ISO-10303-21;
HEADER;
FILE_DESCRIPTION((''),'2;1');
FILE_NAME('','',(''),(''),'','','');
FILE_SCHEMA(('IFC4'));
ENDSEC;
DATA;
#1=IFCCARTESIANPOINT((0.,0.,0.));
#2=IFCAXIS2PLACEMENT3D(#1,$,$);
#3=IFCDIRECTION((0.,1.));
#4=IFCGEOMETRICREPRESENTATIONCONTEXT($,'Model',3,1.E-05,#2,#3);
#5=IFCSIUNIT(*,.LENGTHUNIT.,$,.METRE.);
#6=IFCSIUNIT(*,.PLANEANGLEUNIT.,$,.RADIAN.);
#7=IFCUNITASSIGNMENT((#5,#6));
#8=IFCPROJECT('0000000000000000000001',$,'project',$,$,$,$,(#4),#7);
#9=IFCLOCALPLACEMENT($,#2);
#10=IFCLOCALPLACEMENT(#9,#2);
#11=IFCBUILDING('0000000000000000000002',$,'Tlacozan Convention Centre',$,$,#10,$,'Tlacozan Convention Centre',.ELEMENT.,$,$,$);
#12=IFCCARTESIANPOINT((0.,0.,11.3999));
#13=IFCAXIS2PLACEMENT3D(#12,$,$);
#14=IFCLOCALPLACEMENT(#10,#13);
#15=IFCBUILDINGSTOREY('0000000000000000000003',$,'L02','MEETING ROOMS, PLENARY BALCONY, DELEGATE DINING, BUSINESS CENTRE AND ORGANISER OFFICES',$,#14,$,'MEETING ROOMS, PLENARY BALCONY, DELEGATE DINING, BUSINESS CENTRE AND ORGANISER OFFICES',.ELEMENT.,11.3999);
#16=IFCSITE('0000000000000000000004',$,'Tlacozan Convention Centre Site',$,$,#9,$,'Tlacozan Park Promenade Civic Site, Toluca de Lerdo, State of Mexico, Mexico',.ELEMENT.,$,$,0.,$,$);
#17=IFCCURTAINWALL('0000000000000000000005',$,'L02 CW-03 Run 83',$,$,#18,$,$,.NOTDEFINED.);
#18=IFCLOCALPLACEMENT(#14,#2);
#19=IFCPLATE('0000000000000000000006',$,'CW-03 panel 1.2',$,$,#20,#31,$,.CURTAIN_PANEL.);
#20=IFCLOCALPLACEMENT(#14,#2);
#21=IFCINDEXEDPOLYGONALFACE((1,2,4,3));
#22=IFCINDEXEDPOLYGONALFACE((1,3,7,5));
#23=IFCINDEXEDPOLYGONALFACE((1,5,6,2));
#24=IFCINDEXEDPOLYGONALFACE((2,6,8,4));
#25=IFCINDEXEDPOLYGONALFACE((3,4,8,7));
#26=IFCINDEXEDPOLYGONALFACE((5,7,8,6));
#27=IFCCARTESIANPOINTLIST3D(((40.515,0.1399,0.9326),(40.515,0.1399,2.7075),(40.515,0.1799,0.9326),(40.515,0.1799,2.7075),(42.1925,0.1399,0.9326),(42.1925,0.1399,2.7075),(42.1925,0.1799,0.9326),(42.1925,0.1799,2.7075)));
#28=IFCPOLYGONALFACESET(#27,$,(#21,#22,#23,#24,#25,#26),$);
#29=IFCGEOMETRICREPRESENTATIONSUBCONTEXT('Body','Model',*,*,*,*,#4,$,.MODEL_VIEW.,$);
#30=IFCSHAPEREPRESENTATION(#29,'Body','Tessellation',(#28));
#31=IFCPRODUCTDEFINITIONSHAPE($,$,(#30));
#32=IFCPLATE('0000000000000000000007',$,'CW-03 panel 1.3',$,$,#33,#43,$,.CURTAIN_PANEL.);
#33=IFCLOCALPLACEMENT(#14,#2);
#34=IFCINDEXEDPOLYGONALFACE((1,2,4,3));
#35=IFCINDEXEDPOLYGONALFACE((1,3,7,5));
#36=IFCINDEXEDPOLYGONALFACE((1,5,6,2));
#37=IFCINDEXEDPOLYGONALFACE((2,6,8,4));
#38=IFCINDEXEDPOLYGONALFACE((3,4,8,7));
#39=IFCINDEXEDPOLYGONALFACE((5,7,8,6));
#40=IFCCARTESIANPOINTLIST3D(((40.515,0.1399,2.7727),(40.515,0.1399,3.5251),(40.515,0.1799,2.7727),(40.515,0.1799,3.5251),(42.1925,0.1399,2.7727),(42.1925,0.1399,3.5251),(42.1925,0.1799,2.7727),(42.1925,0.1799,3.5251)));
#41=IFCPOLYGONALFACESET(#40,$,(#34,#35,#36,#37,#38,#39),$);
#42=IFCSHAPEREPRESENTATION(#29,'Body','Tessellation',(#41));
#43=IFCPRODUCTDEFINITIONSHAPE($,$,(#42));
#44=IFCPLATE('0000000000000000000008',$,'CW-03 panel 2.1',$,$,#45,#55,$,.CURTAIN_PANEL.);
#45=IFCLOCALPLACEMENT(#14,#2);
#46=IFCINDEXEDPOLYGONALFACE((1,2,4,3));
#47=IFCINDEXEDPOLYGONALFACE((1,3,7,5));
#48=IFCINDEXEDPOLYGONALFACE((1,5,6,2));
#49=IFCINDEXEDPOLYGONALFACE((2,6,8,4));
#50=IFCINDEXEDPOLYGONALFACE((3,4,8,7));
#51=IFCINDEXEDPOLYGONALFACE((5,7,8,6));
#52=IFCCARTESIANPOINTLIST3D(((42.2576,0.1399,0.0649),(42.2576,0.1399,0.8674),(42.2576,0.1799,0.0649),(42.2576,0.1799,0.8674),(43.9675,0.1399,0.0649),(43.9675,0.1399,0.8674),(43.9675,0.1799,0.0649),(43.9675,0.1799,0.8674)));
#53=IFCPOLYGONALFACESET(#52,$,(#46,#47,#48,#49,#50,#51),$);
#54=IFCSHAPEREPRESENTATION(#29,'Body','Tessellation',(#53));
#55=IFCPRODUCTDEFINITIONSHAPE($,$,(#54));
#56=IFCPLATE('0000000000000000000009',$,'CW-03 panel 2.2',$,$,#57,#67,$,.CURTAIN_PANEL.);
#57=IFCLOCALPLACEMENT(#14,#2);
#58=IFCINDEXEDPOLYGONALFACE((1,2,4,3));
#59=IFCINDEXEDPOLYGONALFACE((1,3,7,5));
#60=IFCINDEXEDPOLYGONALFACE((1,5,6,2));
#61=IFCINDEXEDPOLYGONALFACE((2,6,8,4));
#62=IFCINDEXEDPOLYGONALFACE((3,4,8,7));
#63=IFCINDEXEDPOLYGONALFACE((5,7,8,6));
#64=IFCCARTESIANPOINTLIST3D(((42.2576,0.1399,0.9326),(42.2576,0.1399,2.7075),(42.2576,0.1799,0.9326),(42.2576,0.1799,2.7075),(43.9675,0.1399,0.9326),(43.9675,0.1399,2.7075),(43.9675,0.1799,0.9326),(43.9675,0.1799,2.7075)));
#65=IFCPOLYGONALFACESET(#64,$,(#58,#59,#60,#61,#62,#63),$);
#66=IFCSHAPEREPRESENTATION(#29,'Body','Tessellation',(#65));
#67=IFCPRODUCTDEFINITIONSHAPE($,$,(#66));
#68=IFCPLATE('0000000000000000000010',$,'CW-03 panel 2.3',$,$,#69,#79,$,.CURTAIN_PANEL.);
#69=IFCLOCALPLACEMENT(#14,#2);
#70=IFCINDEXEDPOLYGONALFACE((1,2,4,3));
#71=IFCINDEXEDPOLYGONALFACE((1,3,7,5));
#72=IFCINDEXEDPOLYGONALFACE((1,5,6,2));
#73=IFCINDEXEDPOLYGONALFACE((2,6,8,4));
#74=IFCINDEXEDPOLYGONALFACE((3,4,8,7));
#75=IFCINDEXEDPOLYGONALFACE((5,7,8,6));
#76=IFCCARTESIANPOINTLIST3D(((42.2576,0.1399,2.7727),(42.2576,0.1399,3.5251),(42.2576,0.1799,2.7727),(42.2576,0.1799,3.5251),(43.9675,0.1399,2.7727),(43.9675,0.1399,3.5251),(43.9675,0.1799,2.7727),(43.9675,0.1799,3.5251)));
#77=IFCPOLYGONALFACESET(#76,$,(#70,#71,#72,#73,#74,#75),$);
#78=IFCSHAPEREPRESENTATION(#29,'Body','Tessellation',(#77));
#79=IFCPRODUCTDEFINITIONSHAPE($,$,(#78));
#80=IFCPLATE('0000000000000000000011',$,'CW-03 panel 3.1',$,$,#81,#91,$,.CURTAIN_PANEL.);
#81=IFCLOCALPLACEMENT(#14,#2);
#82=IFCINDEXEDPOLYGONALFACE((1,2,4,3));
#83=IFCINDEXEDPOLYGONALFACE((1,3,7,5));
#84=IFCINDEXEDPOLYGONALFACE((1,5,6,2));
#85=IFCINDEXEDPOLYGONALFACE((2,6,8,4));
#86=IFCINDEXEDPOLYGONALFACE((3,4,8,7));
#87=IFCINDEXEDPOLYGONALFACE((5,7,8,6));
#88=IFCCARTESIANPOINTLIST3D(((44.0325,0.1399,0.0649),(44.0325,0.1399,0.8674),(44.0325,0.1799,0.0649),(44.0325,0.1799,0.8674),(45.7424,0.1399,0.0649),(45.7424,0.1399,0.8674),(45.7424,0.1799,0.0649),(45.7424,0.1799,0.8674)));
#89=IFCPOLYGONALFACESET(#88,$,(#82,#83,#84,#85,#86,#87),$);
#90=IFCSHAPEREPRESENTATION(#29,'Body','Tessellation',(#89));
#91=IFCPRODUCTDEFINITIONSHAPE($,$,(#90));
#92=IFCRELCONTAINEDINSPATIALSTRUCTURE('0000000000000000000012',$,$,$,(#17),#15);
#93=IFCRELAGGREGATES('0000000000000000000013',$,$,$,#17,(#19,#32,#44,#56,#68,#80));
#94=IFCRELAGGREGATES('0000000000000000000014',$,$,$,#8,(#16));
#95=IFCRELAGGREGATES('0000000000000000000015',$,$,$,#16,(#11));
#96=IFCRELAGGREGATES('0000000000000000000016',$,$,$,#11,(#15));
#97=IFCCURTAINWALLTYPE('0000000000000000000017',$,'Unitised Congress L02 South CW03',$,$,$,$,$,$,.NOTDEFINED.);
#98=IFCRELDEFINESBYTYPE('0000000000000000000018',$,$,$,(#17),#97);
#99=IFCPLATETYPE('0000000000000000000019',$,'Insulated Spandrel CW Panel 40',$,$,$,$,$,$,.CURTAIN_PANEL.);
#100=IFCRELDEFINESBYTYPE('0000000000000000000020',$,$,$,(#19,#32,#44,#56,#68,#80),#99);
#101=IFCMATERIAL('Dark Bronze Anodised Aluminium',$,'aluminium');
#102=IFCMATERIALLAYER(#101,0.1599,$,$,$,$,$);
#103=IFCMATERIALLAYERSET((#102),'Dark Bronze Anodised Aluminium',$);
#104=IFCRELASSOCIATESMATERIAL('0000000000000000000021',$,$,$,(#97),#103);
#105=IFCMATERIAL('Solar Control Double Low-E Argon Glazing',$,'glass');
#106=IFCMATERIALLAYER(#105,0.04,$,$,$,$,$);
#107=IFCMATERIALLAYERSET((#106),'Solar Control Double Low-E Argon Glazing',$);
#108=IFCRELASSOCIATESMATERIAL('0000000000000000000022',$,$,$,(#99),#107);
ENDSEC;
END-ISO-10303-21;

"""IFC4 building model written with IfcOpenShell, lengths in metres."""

from ifc_helpers import new_model, si_unit, direction, frame, origin, origin_2d, place, context, subcontext, project, spatial, rectangle, extrude, material, layer, layer_set, type_object, element, aggregate, save


model = new_model("IFC4")

# Units and contexts
model_context = context("Model", 3, precision=1e-05, world=origin(), true_north=direction((0.0, 1.0)))
body_context = subcontext(model_context, "Body", "Model", "MODEL_VIEW")
ifc_project = project(units=[si_unit("LENGTHUNIT", "METRE"), si_unit("PLANEANGLEUNIT", "RADIAN")], contexts=[model_context])

# Site, building, storey
site_placement = place(None, origin())
site = spatial("IfcSite", under=ifc_project, at=site_placement, Name="Tlacozan Convention Centre Site", LongName="Tlacozan Park Promenade Civic Site, Toluca de Lerdo, State of Mexico, Mexico", CompositionType="ELEMENT", RefElevation=0.0)
building_placement = place(site_placement, origin())
building = spatial("IfcBuilding", under=site, at=building_placement, Name="Tlacozan Convention Centre", LongName="Tlacozan Convention Centre", CompositionType="ELEMENT")
storey_placement = place(building_placement, frame((0.0, 0.0, 11.3999)))
storey = spatial("IfcBuildingStorey", under=building, at=storey_placement, Name="L02", Description="MEETING ROOMS, PLENARY BALCONY, DELEGATE DINING, BUSINESS CENTRE AND ORGANISER OFFICES", LongName="MEETING ROOMS, PLENARY BALCONY, DELEGATE DINING, BUSINESS CENTRE AND ORGANISER OFFICES", CompositionType="ELEMENT", Elevation=11.3999)

# Shared definitions
ifc_material_1 = material(Name="Dark Bronze Anodised Aluminium", Category="aluminium")
ifc_layer_1 = layer(ifc_material_1, 0.1599)
ifc_layer_set_1 = layer_set([ifc_layer_1], Name="Dark Bronze Anodised Aluminium")
curtain_wall_type = type_object("IfcCurtainWallType", Name="Unitised Congress L02 South CW03", PredefinedType="NOTDEFINED", material=ifc_layer_set_1)

# Curtain wall
curtain_wall_1_placement = place(storey_placement, origin())
curtain_wall_1 = element("IfcCurtainWall", 1, at=curtain_wall_1_placement, inside=storey, type_object=curtain_wall_type, Name="L02 CW-03 Run 83", PredefinedType="NOTDEFINED")

# Plates
ifc_material_2 = material(Name="Solar Control Double Low-E Argon Glazing", Category="glass")
ifc_layer_2 = layer(ifc_material_2, 0.04)
ifc_layer_set_2 = layer_set([ifc_layer_2], Name="Solar Control Double Low-E Argon Glazing")
plate_type_1 = type_object("IfcPlateType", Name="Insulated Spandrel CW Panel 40", PredefinedType="CURTAIN_PANEL", material=ifc_layer_set_2)
plate_1_placement = place(storey_placement, frame((41.3538, 0.1599, 0.9326), z_axis=(0.0, 0.0, 1.0), x_axis=(1.0, 0.0, 0.0)))
plate_1 = element("IfcPlate", 2, at=plate_1_placement, type_object=plate_type_1, Name="CW-03 panel 1.2", PredefinedType="CURTAIN_PANEL", context=body_context, shape_type="SweptSolid", body=[
    extrude(rectangle(XDim=1.6775, YDim=0.04, at=origin_2d()), origin(), (0.0, 0.0, 1.0), 1.7749),
])
plate_2_placement = place(storey_placement, frame((41.3538, 0.1599, 2.7727), z_axis=(0.0, 0.0, 1.0), x_axis=(1.0, 0.0, 0.0)))
plate_2 = element("IfcPlate", 3, at=plate_2_placement, type_object=plate_type_1, Name="CW-03 panel 1.3", PredefinedType="CURTAIN_PANEL", context=body_context, shape_type="SweptSolid", body=[
    extrude(rectangle(XDim=1.6775, YDim=0.04, at=origin_2d()), origin(), (0.0, 0.0, 1.0), 0.7524),
])
plate_3_placement = place(storey_placement, frame((43.1125, 0.1599, 0.0649), z_axis=(0.0, 0.0, 1.0), x_axis=(1.0, 0.0, 0.0)))
plate_3 = element("IfcPlate", 4, at=plate_3_placement, type_object=plate_type_1, Name="CW-03 panel 2.1", PredefinedType="CURTAIN_PANEL", context=body_context, shape_type="SweptSolid", body=[
    extrude(rectangle(XDim=1.71, YDim=0.04, at=origin_2d()), origin(), (0.0, 0.0, 1.0), 0.8025),
])
plate_4_placement = place(storey_placement, frame((43.1125, 0.1599, 0.9326), z_axis=(0.0, 0.0, 1.0), x_axis=(1.0, 0.0, 0.0)))
plate_4 = element("IfcPlate", 5, at=plate_4_placement, type_object=plate_type_1, Name="CW-03 panel 2.2", PredefinedType="CURTAIN_PANEL", context=body_context, shape_type="SweptSolid", body=[
    extrude(rectangle(XDim=1.71, YDim=0.04, at=origin_2d()), origin(), (0.0, 0.0, 1.0), 1.7749),
])
plate_5_placement = place(storey_placement, frame((43.1125, 0.1599, 2.7727), z_axis=(0.0, 0.0, 1.0), x_axis=(1.0, 0.0, 0.0)))
plate_5 = element("IfcPlate", 6, at=plate_5_placement, type_object=plate_type_1, Name="CW-03 panel 2.3", PredefinedType="CURTAIN_PANEL", context=body_context, shape_type="SweptSolid", body=[
    extrude(rectangle(XDim=1.71, YDim=0.04, at=origin_2d()), origin(), (0.0, 0.0, 1.0), 0.7524),
])
plate_6_placement = place(storey_placement, frame((44.8875, 0.1599, 0.0649), z_axis=(0.0, 0.0, 1.0), x_axis=(1.0, 0.0, 0.0)))
plate_6 = element("IfcPlate", 7, at=plate_6_placement, type_object=plate_type_1, Name="CW-03 panel 3.1", PredefinedType="CURTAIN_PANEL", context=body_context, shape_type="SweptSolid", body=[
    extrude(rectangle(XDim=1.71, YDim=0.04, at=origin_2d()), origin(), (0.0, 0.0, 1.0), 0.8025),
])
aggregate(curtain_wall_1, [plate_1, plate_2, plate_3, plate_4, plate_5, plate_6])

save(model, "model.ifc")
